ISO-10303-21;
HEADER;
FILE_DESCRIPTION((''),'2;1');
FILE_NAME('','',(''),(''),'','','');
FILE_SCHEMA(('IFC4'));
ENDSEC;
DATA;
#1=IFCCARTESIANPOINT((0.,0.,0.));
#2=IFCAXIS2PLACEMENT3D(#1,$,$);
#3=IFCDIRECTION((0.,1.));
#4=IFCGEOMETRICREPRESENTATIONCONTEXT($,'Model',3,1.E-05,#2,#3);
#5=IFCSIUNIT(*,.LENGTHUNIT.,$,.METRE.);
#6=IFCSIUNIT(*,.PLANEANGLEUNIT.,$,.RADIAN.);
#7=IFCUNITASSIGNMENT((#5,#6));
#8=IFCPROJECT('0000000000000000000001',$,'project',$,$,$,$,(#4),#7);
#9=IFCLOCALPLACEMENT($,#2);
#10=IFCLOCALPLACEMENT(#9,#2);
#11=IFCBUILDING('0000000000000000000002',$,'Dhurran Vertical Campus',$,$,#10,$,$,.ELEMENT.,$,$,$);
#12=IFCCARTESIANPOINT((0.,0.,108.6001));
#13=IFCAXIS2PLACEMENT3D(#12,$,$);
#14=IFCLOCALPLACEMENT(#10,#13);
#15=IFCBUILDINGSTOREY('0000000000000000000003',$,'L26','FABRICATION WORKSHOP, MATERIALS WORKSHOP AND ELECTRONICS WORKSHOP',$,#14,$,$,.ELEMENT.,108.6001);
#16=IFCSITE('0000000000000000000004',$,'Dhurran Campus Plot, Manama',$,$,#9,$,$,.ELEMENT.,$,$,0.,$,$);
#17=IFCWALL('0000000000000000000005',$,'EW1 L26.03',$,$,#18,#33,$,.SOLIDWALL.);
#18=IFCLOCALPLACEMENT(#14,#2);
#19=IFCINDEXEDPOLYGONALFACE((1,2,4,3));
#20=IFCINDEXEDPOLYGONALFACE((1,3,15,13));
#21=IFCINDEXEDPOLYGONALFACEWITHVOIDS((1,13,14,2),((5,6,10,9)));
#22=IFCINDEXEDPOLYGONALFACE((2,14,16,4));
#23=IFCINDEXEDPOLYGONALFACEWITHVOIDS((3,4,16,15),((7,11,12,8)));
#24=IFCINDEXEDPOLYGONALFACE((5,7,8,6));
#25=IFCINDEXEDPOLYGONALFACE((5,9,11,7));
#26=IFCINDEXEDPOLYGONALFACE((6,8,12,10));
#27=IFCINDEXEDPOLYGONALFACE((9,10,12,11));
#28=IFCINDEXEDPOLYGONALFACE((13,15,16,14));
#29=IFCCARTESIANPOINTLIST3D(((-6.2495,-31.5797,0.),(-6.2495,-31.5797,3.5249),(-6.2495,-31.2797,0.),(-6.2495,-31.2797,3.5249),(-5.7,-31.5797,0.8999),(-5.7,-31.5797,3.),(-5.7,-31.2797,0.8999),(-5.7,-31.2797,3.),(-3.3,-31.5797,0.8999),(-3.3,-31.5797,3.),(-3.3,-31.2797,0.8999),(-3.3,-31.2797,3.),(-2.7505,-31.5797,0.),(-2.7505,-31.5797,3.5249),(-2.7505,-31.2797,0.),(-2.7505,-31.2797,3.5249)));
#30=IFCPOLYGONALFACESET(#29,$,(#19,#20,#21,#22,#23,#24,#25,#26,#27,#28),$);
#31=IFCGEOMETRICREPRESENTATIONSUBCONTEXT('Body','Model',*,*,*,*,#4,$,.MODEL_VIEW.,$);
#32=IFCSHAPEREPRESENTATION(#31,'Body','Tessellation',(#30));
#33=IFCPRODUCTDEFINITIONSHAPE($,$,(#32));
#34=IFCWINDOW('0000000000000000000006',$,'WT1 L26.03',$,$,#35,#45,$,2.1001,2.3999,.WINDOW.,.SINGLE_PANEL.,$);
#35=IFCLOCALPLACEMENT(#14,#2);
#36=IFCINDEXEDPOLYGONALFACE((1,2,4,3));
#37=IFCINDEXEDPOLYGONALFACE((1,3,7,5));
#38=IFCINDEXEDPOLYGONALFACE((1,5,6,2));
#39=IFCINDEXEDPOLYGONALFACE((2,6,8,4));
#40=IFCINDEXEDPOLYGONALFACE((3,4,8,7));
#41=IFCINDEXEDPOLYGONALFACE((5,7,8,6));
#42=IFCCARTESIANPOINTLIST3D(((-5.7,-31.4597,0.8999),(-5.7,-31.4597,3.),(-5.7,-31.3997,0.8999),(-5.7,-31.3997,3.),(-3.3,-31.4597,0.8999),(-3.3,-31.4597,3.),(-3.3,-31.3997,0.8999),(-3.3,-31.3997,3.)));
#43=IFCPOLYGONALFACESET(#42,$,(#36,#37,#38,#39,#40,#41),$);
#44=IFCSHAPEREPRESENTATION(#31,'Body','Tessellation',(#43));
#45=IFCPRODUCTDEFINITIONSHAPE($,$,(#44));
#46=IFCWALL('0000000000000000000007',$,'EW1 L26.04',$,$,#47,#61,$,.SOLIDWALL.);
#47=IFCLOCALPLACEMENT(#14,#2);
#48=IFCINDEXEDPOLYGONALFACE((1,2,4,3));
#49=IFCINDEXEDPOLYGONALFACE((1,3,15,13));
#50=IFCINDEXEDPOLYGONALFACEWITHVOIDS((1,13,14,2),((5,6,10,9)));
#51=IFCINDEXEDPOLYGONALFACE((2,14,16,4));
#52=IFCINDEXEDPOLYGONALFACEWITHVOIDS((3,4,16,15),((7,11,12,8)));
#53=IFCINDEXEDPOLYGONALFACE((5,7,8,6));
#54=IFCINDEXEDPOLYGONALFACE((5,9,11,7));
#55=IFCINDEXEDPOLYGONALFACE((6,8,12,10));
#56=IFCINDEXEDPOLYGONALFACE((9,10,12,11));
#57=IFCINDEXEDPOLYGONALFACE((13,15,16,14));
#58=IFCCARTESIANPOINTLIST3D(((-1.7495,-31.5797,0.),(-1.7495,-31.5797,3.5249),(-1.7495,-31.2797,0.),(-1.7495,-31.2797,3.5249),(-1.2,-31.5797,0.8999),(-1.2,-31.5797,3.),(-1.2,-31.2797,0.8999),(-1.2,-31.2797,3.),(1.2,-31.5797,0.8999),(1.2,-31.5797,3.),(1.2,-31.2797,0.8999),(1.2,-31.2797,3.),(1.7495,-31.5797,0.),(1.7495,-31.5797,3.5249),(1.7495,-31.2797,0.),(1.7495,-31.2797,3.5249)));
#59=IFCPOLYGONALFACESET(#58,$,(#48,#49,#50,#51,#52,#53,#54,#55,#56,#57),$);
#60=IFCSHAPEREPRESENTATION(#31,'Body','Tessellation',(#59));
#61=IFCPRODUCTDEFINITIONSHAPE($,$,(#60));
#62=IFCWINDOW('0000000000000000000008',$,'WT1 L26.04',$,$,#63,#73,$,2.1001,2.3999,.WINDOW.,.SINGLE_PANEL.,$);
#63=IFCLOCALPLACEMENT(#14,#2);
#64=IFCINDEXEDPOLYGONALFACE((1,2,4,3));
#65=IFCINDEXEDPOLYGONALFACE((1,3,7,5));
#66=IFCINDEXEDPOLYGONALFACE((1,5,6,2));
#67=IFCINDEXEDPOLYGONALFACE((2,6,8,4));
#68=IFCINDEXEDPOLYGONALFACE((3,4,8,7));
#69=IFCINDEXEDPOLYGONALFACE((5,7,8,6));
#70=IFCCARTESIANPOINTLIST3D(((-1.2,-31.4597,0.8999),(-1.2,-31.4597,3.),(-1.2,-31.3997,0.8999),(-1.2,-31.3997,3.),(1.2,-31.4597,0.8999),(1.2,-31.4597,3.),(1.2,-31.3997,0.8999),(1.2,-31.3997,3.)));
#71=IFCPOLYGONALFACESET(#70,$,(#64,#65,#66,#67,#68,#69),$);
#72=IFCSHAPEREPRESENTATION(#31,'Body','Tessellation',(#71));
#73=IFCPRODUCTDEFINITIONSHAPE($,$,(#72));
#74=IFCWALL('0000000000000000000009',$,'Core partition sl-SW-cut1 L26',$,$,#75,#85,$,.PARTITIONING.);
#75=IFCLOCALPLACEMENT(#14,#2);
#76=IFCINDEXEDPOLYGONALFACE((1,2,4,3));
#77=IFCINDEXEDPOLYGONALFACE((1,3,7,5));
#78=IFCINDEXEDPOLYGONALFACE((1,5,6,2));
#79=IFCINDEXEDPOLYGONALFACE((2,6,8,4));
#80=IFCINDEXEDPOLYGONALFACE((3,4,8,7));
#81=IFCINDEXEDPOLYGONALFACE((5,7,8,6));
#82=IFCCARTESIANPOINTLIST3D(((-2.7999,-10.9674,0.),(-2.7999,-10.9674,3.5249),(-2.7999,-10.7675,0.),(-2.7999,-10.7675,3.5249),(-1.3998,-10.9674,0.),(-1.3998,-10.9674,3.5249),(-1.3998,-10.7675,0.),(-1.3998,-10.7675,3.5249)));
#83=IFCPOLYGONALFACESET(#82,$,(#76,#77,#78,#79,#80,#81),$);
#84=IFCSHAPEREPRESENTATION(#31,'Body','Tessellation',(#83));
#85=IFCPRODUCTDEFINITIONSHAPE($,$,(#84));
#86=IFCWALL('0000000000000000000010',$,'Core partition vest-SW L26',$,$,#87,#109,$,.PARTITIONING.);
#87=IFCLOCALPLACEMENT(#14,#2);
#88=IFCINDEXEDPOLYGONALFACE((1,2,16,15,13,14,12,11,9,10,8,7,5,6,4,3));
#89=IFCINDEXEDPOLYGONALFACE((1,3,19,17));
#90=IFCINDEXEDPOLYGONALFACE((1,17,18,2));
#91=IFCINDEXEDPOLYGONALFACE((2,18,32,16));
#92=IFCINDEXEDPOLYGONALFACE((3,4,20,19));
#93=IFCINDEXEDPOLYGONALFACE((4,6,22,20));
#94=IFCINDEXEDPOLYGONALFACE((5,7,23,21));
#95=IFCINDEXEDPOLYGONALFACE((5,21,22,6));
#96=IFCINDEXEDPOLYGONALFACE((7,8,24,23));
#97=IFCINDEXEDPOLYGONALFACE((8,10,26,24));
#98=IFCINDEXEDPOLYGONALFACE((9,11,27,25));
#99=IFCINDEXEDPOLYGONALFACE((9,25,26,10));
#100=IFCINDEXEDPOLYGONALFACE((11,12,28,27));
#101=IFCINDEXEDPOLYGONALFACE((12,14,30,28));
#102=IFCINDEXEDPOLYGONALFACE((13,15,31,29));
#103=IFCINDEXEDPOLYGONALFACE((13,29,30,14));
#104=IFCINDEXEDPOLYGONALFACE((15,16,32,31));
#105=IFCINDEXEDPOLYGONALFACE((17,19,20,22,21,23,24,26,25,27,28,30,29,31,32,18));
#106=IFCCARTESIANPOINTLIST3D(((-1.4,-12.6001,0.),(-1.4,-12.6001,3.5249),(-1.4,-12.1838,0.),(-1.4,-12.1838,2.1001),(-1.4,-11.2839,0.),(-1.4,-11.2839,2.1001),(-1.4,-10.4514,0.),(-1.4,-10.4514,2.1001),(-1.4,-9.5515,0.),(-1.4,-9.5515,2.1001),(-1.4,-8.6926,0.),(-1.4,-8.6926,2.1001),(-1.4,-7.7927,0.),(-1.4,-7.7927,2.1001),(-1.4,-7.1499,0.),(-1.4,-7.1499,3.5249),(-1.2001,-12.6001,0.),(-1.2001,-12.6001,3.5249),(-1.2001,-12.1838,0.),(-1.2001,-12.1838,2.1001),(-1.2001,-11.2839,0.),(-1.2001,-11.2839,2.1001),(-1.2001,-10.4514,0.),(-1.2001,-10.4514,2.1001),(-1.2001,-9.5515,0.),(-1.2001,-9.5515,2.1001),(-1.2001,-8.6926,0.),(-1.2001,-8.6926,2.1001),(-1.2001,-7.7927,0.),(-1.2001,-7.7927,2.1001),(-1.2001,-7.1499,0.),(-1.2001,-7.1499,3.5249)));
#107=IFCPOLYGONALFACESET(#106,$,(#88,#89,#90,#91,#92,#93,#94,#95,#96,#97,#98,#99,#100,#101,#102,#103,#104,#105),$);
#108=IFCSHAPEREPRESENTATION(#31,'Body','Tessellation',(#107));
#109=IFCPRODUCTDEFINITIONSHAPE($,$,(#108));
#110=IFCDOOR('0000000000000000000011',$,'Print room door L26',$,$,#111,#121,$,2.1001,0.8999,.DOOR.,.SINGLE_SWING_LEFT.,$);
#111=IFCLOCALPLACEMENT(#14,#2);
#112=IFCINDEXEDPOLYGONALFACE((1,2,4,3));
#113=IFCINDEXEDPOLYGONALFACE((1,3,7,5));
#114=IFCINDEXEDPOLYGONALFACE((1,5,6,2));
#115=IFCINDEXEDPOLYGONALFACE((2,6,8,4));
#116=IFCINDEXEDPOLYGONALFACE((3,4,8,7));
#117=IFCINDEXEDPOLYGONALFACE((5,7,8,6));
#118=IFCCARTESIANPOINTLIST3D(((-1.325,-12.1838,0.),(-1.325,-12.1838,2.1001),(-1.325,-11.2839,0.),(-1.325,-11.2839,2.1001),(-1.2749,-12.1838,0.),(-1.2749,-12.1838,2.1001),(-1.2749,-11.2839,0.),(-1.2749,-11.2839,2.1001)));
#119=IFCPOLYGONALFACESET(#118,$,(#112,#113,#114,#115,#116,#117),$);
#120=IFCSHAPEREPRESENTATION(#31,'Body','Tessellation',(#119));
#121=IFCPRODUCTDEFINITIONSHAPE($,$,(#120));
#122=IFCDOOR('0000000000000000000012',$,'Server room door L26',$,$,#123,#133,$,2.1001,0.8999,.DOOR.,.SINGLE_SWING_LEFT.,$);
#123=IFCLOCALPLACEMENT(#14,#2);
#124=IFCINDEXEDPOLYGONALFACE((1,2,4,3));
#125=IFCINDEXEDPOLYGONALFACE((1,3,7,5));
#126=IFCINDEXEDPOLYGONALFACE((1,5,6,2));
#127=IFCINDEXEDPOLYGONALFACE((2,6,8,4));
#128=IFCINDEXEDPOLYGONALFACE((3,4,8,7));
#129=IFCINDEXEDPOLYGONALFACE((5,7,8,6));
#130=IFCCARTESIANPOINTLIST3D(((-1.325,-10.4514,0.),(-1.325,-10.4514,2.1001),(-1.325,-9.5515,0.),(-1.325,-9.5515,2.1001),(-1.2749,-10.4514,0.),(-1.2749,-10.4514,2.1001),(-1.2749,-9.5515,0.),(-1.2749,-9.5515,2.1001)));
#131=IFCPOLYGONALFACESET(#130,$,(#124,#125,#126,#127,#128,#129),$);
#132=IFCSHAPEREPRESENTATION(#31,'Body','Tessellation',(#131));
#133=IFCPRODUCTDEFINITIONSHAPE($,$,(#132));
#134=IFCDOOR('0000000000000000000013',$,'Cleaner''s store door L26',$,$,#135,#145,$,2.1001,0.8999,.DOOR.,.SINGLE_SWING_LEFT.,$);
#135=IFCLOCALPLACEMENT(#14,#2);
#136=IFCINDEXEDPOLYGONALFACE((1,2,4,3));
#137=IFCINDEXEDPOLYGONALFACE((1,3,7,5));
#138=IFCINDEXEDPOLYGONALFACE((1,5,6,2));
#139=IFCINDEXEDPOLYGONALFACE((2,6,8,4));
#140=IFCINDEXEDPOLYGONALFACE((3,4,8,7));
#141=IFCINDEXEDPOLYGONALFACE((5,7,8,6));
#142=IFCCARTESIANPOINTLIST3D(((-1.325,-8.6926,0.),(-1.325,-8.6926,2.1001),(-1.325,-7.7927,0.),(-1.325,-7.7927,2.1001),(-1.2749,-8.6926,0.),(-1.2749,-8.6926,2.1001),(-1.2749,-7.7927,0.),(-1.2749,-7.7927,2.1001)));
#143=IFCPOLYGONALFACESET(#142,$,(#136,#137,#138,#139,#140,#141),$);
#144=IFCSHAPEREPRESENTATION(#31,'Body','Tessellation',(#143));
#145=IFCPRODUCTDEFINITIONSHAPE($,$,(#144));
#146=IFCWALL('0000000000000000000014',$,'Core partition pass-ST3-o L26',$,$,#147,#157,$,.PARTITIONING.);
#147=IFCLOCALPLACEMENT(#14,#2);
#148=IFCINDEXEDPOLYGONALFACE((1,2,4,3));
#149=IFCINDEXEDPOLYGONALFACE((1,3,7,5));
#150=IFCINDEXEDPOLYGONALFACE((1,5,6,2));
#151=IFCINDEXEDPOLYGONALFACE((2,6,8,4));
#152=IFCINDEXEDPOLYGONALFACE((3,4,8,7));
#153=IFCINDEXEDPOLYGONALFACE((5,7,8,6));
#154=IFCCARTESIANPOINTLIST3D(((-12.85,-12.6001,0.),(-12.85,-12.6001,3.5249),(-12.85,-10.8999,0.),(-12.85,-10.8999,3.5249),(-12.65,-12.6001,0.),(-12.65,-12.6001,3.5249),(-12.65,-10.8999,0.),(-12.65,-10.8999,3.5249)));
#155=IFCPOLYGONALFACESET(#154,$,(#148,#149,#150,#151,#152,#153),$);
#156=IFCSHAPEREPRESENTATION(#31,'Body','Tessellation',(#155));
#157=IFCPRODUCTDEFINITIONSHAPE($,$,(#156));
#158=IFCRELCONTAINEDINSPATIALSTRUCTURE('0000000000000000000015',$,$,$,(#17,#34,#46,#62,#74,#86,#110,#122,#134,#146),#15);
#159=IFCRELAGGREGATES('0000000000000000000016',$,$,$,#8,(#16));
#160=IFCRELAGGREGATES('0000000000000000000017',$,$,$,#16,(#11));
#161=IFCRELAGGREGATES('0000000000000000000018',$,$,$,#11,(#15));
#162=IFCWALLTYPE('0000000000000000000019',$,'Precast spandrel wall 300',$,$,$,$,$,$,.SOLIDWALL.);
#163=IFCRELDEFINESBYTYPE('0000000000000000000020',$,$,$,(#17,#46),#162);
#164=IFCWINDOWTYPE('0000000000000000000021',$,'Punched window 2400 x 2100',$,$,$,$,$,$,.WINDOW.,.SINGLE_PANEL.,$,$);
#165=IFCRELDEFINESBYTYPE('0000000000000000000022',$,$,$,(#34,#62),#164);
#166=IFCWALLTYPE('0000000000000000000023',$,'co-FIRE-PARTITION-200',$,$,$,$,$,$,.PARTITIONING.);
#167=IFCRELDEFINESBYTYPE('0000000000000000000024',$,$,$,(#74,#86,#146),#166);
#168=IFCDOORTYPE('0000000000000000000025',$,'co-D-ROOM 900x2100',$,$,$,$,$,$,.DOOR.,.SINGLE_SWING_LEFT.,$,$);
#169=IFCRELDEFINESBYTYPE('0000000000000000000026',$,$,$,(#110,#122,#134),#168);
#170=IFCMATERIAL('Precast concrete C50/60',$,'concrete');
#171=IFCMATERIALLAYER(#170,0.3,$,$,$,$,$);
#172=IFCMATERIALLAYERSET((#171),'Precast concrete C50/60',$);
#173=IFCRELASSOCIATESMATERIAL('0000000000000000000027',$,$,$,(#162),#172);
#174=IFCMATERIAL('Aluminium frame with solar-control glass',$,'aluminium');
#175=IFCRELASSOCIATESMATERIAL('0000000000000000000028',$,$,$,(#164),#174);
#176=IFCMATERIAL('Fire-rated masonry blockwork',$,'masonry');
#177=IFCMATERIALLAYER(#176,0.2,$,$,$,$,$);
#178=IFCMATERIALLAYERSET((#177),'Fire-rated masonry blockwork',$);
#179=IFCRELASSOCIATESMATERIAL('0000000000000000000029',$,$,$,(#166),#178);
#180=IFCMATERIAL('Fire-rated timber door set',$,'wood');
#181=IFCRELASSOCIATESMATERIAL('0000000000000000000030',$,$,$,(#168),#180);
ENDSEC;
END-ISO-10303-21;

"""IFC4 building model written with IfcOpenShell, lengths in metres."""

from ifc_helpers import new_model, si_unit, direction, frame, frame_2d, origin, place, context, subcontext, project, spatial, rectangle, extrude, material, layer, layer_set, type_object, element, fill, save


model = new_model("IFC4")

# Units and contexts
model_context = context("Model", 3, precision=1e-05, world=origin(), true_north=direction((0.0, 1.0)))
body_context = subcontext(model_context, "Body", "Model", "MODEL_VIEW")
ifc_project = project(units=[si_unit("LENGTHUNIT", "METRE"), si_unit("PLANEANGLEUNIT", "RADIAN")], contexts=[model_context])

# Site, building, storey
site_placement = place(None, origin())
site = spatial("IfcSite", under=ifc_project, at=site_placement, Name="Dhurran Campus Plot, Manama", CompositionType="ELEMENT", RefElevation=0.0)
building_placement = place(site_placement, origin())
building = spatial("IfcBuilding", under=site, at=building_placement, Name="Dhurran Vertical Campus", CompositionType="ELEMENT")
storey_placement = place(building_placement, frame((0.0, 0.0, 108.6001)))
storey = spatial("IfcBuildingStorey", under=building, at=storey_placement, Name="L26", Description="FABRICATION WORKSHOP, MATERIALS WORKSHOP AND ELECTRONICS WORKSHOP", CompositionType="ELEMENT", Elevation=108.6001)

# Walls, openings, windows
ifc_material_1 = material(Name="Precast concrete C50/60", Category="concrete")
ifc_layer_1 = layer(ifc_material_1, 0.3)
ifc_layer_set_1 = layer_set([ifc_layer_1], Name="Precast concrete C50/60")
wall_type_1 = type_object("IfcWallType", Name="Precast spandrel wall 300", PredefinedType="SOLIDWALL", material=ifc_layer_set_1)
ifc_material_2 = material(Name="Aluminium frame with solar-control glass", Category="aluminium")
window_type = type_object("IfcWindowType", Name="Punched window 2400 x 2100", PartitioningType="SINGLE_PANEL", PredefinedType="WINDOW", material=ifc_material_2)
wall_1_placement = place(storey_placement, frame((-6.2495, -31.4297, 0.0), z_axis=(0.0, 0.0, 1.0), x_axis=(1.0, 0.0, 0.0)))
wall_1 = element("IfcWall", 1, at=wall_1_placement, inside=storey, type_object=wall_type_1, Name="EW1 L26.03", PredefinedType="SOLIDWALL", context=body_context, shape_type="SweptSolid", body=[
    extrude(rectangle(XDim=3.499, YDim=0.3, at=frame_2d((1.7495, 0.0))), origin(), (0.0, 0.0, 1.0), 3.5249),
])
opening_1_placement = place(wall_1_placement, frame((0.5496, 0.0, 0.8999)))
opening_1 = element("IfcOpeningElement", 2, at=opening_1_placement, cuts=wall_1, PredefinedType="OPENING", context=body_context, shape_type="SweptSolid", body=[
    extrude(rectangle(XDim=2.3999, YDim=2.1001, at=frame_2d((1.2, 1.05))), frame((0.0, 0.1599, 0.0), z_axis=(0.0, -1.0, 0.0), x_axis=(1.0, 0.0, 0.0)), (0.0, 0.0, 1.0), 0.3201),
])
window_1_placement = place(opening_1_placement, origin())
window_1 = element("IfcWindow", 3, at=window_1_placement, inside=storey, type_object=window_type, Name="WT1 L26.03", OverallHeight=2.1001, OverallWidth=2.3999, PartitioningType="SINGLE_PANEL", PredefinedType="WINDOW", context=body_context, shape_type="SweptSolid", body=[
    extrude(rectangle(XDim=2.3999, YDim=2.1001, at=frame_2d((1.2, 1.05))), frame((0.0, 0.03, 0.0), z_axis=(0.0, -1.0, 0.0), x_axis=(1.0, 0.0, 0.0)), (0.0, 0.0, 1.0), 0.0601),
])
fill(opening_1, window_1)
wall_2_placement = place(storey_placement, frame((-1.7495, -31.4297, 0.0), z_axis=(0.0, 0.0, 1.0), x_axis=(1.0, 0.0, 0.0)))
wall_2 = element("IfcWall", 4, at=wall_2_placement, inside=storey, type_object=wall_type_1, Name="EW1 L26.04", PredefinedType="SOLIDWALL", context=body_context, shape_type="SweptSolid", body=[
    extrude(rectangle(XDim=3.499, YDim=0.3, at=frame_2d((1.7495, 0.0))), origin(), (0.0, 0.0, 1.0), 3.5249),
])
opening_2_placement = place(wall_2_placement, frame((0.5496, 0.0, 0.8999)))
opening_2 = element("IfcOpeningElement", 5, at=opening_2_placement, cuts=wall_2, PredefinedType="OPENING", context=body_context, shape_type="SweptSolid", body=[
    extrude(rectangle(XDim=2.3999, YDim=2.1001, at=frame_2d((1.2, 1.05))), frame((0.0, 0.1599, 0.0), z_axis=(0.0, -1.0, 0.0), x_axis=(1.0, 0.0, 0.0)), (0.0, 0.0, 1.0), 0.3201),
])
window_2_placement = place(opening_2_placement, origin())
window_2 = element("IfcWindow", 6, at=window_2_placement, inside=storey, type_object=window_type, Name="WT1 L26.04", OverallHeight=2.1001, OverallWidth=2.3999, PartitioningType="SINGLE_PANEL", PredefinedType="WINDOW", context=body_context, shape_type="SweptSolid", body=[
    extrude(rectangle(XDim=2.3999, YDim=2.1001, at=frame_2d((1.2, 1.05))), frame((0.0, 0.03, 0.0), z_axis=(0.0, -1.0, 0.0), x_axis=(1.0, 0.0, 0.0)), (0.0, 0.0, 1.0), 0.0601),
])
fill(opening_2, window_2)

# Wall
ifc_material_3 = material(Name="Fire-rated masonry blockwork", Category="masonry")
ifc_layer_2 = layer(ifc_material_3, 0.2)
ifc_layer_set_2 = layer_set([ifc_layer_2], Name="Fire-rated masonry blockwork")
wall_type_2 = type_object("IfcWallType", Name="co-FIRE-PARTITION-200", PredefinedType="PARTITIONING", material=ifc_layer_set_2)
wall_3_placement = place(storey_placement, frame((-2.8, -10.8674, 0.0), z_axis=(0.0, 0.0, 1.0), x_axis=(1.0, 0.0, 0.0)))
element("IfcWall", 7, at=wall_3_placement, inside=storey, type_object=wall_type_2, Name="Core partition sl-SW-cut1 L26", PredefinedType="PARTITIONING", context=body_context, shape_type="SweptSolid", body=[
    extrude(rectangle(XDim=1.4001, YDim=0.2, at=frame_2d((0.7002, 0.0))), origin(), (0.0, 0.0, 1.0), 3.5249),
])

# Wall, openings, doors
wall_4_placement = place(storey_placement, frame((-1.3, -12.6001, 0.0), z_axis=(0.0, 0.0, 1.0), x_axis=(0.0, 1.0, 0.0)))
wall_4 = element("IfcWall", 8, at=wall_4_placement, inside=storey, type_object=wall_type_2, Name="Core partition vest-SW L26", PredefinedType="PARTITIONING", context=body_context, shape_type="SweptSolid", body=[
    extrude(rectangle(XDim=5.4502, YDim=0.2, at=frame_2d((2.7251, 0.0))), origin(), (0.0, 0.0, 1.0), 3.5249),
])
opening_3_placement = place(wall_4_placement, frame((0.4163, 0.0, 0.0)))
opening_3 = element("IfcOpeningElement", 9, at=opening_3_placement, cuts=wall_4, PredefinedType="OPENING", context=body_context, shape_type="SweptSolid", body=[
    extrude(rectangle(XDim=0.8999, YDim=2.1001, at=frame_2d((0.45, 1.05))), frame((0.0, 0.1099, 0.0), z_axis=(0.0, -1.0, 0.0), x_axis=(1.0, 0.0, 0.0)), (0.0, 0.0, 1.0), 0.22),
])
opening_4_placement = place(wall_4_placement, frame((2.1487, 0.0, 0.0)))
opening_4 = element("IfcOpeningElement", 10, at=opening_4_placement, cuts=wall_4, PredefinedType="OPENING", context=body_context, shape_type="SweptSolid", body=[
    extrude(rectangle(XDim=0.8999, YDim=2.1001, at=frame_2d((0.45, 1.05))), frame((0.0, 0.1099, 0.0), z_axis=(0.0, -1.0, 0.0), x_axis=(1.0, 0.0, 0.0)), (0.0, 0.0, 1.0), 0.22),
])
opening_5_placement = place(wall_4_placement, frame((3.9075, 0.0, 0.0)))
opening_5 = element("IfcOpeningElement", 11, at=opening_5_placement, cuts=wall_4, PredefinedType="OPENING", context=body_context, shape_type="SweptSolid", body=[
    extrude(rectangle(XDim=0.8999, YDim=2.1001, at=frame_2d((0.45, 1.05))), frame((0.0, 0.1099, 0.0), z_axis=(0.0, -1.0, 0.0), x_axis=(1.0, 0.0, 0.0)), (0.0, 0.0, 1.0), 0.22),
])
ifc_material_4 = material(Name="Fire-rated timber door set", Category="wood")
door_type_1 = type_object("IfcDoorType", Name="co-D-ROOM 900x2100", OperationType="SINGLE_SWING_LEFT", PredefinedType="DOOR", material=ifc_material_4)
door_1_placement = place(opening_3_placement, origin())
door_1 = element("IfcDoor", 12, at=door_1_placement, inside=storey, type_object=door_type_1, Name="Print room door L26", OperationType="SINGLE_SWING_LEFT", OverallHeight=2.1001, OverallWidth=0.8999, PredefinedType="DOOR", context=body_context, shape_type="SweptSolid", body=[
    extrude(rectangle(XDim=0.8999, YDim=2.1001, at=frame_2d((0.45, 1.05))), frame((0.0, 0.0249, 0.0), z_axis=(0.0, -1.0, 0.0), x_axis=(1.0, 0.0, 0.0)), (0.0, 0.0, 1.0), 0.05),
])
fill(opening_3, door_1)
door_2_placement = place(opening_4_placement, origin())
door_2 = element("IfcDoor", 13, at=door_2_placement, inside=storey, type_object=door_type_1, Name="Server room door L26", OperationType="SINGLE_SWING_LEFT", OverallHeight=2.1001, OverallWidth=0.8999, PredefinedType="DOOR", context=body_context, shape_type="SweptSolid", body=[
    extrude(rectangle(XDim=0.8999, YDim=2.1001, at=frame_2d((0.45, 1.05))), frame((0.0, 0.0249, 0.0), z_axis=(0.0, -1.0, 0.0), x_axis=(1.0, 0.0, 0.0)), (0.0, 0.0, 1.0), 0.05),
])
fill(opening_4, door_2)
door_3_placement = place(opening_5_placement, origin())
door_3 = element("IfcDoor", 14, at=door_3_placement, inside=storey, type_object=door_type_1, Name="Cleaner's store door L26", OperationType="SINGLE_SWING_LEFT", OverallHeight=2.1001, OverallWidth=0.8999, PredefinedType="DOOR", context=body_context, shape_type="SweptSolid", body=[
    extrude(rectangle(XDim=0.8999, YDim=2.1001, at=frame_2d((0.45, 1.05))), frame((0.0, 0.0249, 0.0), z_axis=(0.0, -1.0, 0.0), x_axis=(1.0, 0.0, 0.0)), (0.0, 0.0, 1.0), 0.05),
])
fill(opening_5, door_3)

# Wall
wall_5_placement = place(storey_placement, frame((-12.75, -12.6001, 0.0), z_axis=(0.0, 0.0, 1.0), x_axis=(0.0, 1.0, 0.0)))
element("IfcWall", 15, at=wall_5_placement, inside=storey, type_object=wall_type_2, Name="Core partition pass-ST3-o L26", PredefinedType="PARTITIONING", context=body_context, shape_type="SweptSolid", body=[
    extrude(rectangle(XDim=1.7002, YDim=0.2, at=frame_2d((0.8501, 0.0))), origin(), (0.0, 0.0, 1.0), 3.5249),
])

save(model, "model.ifc")
